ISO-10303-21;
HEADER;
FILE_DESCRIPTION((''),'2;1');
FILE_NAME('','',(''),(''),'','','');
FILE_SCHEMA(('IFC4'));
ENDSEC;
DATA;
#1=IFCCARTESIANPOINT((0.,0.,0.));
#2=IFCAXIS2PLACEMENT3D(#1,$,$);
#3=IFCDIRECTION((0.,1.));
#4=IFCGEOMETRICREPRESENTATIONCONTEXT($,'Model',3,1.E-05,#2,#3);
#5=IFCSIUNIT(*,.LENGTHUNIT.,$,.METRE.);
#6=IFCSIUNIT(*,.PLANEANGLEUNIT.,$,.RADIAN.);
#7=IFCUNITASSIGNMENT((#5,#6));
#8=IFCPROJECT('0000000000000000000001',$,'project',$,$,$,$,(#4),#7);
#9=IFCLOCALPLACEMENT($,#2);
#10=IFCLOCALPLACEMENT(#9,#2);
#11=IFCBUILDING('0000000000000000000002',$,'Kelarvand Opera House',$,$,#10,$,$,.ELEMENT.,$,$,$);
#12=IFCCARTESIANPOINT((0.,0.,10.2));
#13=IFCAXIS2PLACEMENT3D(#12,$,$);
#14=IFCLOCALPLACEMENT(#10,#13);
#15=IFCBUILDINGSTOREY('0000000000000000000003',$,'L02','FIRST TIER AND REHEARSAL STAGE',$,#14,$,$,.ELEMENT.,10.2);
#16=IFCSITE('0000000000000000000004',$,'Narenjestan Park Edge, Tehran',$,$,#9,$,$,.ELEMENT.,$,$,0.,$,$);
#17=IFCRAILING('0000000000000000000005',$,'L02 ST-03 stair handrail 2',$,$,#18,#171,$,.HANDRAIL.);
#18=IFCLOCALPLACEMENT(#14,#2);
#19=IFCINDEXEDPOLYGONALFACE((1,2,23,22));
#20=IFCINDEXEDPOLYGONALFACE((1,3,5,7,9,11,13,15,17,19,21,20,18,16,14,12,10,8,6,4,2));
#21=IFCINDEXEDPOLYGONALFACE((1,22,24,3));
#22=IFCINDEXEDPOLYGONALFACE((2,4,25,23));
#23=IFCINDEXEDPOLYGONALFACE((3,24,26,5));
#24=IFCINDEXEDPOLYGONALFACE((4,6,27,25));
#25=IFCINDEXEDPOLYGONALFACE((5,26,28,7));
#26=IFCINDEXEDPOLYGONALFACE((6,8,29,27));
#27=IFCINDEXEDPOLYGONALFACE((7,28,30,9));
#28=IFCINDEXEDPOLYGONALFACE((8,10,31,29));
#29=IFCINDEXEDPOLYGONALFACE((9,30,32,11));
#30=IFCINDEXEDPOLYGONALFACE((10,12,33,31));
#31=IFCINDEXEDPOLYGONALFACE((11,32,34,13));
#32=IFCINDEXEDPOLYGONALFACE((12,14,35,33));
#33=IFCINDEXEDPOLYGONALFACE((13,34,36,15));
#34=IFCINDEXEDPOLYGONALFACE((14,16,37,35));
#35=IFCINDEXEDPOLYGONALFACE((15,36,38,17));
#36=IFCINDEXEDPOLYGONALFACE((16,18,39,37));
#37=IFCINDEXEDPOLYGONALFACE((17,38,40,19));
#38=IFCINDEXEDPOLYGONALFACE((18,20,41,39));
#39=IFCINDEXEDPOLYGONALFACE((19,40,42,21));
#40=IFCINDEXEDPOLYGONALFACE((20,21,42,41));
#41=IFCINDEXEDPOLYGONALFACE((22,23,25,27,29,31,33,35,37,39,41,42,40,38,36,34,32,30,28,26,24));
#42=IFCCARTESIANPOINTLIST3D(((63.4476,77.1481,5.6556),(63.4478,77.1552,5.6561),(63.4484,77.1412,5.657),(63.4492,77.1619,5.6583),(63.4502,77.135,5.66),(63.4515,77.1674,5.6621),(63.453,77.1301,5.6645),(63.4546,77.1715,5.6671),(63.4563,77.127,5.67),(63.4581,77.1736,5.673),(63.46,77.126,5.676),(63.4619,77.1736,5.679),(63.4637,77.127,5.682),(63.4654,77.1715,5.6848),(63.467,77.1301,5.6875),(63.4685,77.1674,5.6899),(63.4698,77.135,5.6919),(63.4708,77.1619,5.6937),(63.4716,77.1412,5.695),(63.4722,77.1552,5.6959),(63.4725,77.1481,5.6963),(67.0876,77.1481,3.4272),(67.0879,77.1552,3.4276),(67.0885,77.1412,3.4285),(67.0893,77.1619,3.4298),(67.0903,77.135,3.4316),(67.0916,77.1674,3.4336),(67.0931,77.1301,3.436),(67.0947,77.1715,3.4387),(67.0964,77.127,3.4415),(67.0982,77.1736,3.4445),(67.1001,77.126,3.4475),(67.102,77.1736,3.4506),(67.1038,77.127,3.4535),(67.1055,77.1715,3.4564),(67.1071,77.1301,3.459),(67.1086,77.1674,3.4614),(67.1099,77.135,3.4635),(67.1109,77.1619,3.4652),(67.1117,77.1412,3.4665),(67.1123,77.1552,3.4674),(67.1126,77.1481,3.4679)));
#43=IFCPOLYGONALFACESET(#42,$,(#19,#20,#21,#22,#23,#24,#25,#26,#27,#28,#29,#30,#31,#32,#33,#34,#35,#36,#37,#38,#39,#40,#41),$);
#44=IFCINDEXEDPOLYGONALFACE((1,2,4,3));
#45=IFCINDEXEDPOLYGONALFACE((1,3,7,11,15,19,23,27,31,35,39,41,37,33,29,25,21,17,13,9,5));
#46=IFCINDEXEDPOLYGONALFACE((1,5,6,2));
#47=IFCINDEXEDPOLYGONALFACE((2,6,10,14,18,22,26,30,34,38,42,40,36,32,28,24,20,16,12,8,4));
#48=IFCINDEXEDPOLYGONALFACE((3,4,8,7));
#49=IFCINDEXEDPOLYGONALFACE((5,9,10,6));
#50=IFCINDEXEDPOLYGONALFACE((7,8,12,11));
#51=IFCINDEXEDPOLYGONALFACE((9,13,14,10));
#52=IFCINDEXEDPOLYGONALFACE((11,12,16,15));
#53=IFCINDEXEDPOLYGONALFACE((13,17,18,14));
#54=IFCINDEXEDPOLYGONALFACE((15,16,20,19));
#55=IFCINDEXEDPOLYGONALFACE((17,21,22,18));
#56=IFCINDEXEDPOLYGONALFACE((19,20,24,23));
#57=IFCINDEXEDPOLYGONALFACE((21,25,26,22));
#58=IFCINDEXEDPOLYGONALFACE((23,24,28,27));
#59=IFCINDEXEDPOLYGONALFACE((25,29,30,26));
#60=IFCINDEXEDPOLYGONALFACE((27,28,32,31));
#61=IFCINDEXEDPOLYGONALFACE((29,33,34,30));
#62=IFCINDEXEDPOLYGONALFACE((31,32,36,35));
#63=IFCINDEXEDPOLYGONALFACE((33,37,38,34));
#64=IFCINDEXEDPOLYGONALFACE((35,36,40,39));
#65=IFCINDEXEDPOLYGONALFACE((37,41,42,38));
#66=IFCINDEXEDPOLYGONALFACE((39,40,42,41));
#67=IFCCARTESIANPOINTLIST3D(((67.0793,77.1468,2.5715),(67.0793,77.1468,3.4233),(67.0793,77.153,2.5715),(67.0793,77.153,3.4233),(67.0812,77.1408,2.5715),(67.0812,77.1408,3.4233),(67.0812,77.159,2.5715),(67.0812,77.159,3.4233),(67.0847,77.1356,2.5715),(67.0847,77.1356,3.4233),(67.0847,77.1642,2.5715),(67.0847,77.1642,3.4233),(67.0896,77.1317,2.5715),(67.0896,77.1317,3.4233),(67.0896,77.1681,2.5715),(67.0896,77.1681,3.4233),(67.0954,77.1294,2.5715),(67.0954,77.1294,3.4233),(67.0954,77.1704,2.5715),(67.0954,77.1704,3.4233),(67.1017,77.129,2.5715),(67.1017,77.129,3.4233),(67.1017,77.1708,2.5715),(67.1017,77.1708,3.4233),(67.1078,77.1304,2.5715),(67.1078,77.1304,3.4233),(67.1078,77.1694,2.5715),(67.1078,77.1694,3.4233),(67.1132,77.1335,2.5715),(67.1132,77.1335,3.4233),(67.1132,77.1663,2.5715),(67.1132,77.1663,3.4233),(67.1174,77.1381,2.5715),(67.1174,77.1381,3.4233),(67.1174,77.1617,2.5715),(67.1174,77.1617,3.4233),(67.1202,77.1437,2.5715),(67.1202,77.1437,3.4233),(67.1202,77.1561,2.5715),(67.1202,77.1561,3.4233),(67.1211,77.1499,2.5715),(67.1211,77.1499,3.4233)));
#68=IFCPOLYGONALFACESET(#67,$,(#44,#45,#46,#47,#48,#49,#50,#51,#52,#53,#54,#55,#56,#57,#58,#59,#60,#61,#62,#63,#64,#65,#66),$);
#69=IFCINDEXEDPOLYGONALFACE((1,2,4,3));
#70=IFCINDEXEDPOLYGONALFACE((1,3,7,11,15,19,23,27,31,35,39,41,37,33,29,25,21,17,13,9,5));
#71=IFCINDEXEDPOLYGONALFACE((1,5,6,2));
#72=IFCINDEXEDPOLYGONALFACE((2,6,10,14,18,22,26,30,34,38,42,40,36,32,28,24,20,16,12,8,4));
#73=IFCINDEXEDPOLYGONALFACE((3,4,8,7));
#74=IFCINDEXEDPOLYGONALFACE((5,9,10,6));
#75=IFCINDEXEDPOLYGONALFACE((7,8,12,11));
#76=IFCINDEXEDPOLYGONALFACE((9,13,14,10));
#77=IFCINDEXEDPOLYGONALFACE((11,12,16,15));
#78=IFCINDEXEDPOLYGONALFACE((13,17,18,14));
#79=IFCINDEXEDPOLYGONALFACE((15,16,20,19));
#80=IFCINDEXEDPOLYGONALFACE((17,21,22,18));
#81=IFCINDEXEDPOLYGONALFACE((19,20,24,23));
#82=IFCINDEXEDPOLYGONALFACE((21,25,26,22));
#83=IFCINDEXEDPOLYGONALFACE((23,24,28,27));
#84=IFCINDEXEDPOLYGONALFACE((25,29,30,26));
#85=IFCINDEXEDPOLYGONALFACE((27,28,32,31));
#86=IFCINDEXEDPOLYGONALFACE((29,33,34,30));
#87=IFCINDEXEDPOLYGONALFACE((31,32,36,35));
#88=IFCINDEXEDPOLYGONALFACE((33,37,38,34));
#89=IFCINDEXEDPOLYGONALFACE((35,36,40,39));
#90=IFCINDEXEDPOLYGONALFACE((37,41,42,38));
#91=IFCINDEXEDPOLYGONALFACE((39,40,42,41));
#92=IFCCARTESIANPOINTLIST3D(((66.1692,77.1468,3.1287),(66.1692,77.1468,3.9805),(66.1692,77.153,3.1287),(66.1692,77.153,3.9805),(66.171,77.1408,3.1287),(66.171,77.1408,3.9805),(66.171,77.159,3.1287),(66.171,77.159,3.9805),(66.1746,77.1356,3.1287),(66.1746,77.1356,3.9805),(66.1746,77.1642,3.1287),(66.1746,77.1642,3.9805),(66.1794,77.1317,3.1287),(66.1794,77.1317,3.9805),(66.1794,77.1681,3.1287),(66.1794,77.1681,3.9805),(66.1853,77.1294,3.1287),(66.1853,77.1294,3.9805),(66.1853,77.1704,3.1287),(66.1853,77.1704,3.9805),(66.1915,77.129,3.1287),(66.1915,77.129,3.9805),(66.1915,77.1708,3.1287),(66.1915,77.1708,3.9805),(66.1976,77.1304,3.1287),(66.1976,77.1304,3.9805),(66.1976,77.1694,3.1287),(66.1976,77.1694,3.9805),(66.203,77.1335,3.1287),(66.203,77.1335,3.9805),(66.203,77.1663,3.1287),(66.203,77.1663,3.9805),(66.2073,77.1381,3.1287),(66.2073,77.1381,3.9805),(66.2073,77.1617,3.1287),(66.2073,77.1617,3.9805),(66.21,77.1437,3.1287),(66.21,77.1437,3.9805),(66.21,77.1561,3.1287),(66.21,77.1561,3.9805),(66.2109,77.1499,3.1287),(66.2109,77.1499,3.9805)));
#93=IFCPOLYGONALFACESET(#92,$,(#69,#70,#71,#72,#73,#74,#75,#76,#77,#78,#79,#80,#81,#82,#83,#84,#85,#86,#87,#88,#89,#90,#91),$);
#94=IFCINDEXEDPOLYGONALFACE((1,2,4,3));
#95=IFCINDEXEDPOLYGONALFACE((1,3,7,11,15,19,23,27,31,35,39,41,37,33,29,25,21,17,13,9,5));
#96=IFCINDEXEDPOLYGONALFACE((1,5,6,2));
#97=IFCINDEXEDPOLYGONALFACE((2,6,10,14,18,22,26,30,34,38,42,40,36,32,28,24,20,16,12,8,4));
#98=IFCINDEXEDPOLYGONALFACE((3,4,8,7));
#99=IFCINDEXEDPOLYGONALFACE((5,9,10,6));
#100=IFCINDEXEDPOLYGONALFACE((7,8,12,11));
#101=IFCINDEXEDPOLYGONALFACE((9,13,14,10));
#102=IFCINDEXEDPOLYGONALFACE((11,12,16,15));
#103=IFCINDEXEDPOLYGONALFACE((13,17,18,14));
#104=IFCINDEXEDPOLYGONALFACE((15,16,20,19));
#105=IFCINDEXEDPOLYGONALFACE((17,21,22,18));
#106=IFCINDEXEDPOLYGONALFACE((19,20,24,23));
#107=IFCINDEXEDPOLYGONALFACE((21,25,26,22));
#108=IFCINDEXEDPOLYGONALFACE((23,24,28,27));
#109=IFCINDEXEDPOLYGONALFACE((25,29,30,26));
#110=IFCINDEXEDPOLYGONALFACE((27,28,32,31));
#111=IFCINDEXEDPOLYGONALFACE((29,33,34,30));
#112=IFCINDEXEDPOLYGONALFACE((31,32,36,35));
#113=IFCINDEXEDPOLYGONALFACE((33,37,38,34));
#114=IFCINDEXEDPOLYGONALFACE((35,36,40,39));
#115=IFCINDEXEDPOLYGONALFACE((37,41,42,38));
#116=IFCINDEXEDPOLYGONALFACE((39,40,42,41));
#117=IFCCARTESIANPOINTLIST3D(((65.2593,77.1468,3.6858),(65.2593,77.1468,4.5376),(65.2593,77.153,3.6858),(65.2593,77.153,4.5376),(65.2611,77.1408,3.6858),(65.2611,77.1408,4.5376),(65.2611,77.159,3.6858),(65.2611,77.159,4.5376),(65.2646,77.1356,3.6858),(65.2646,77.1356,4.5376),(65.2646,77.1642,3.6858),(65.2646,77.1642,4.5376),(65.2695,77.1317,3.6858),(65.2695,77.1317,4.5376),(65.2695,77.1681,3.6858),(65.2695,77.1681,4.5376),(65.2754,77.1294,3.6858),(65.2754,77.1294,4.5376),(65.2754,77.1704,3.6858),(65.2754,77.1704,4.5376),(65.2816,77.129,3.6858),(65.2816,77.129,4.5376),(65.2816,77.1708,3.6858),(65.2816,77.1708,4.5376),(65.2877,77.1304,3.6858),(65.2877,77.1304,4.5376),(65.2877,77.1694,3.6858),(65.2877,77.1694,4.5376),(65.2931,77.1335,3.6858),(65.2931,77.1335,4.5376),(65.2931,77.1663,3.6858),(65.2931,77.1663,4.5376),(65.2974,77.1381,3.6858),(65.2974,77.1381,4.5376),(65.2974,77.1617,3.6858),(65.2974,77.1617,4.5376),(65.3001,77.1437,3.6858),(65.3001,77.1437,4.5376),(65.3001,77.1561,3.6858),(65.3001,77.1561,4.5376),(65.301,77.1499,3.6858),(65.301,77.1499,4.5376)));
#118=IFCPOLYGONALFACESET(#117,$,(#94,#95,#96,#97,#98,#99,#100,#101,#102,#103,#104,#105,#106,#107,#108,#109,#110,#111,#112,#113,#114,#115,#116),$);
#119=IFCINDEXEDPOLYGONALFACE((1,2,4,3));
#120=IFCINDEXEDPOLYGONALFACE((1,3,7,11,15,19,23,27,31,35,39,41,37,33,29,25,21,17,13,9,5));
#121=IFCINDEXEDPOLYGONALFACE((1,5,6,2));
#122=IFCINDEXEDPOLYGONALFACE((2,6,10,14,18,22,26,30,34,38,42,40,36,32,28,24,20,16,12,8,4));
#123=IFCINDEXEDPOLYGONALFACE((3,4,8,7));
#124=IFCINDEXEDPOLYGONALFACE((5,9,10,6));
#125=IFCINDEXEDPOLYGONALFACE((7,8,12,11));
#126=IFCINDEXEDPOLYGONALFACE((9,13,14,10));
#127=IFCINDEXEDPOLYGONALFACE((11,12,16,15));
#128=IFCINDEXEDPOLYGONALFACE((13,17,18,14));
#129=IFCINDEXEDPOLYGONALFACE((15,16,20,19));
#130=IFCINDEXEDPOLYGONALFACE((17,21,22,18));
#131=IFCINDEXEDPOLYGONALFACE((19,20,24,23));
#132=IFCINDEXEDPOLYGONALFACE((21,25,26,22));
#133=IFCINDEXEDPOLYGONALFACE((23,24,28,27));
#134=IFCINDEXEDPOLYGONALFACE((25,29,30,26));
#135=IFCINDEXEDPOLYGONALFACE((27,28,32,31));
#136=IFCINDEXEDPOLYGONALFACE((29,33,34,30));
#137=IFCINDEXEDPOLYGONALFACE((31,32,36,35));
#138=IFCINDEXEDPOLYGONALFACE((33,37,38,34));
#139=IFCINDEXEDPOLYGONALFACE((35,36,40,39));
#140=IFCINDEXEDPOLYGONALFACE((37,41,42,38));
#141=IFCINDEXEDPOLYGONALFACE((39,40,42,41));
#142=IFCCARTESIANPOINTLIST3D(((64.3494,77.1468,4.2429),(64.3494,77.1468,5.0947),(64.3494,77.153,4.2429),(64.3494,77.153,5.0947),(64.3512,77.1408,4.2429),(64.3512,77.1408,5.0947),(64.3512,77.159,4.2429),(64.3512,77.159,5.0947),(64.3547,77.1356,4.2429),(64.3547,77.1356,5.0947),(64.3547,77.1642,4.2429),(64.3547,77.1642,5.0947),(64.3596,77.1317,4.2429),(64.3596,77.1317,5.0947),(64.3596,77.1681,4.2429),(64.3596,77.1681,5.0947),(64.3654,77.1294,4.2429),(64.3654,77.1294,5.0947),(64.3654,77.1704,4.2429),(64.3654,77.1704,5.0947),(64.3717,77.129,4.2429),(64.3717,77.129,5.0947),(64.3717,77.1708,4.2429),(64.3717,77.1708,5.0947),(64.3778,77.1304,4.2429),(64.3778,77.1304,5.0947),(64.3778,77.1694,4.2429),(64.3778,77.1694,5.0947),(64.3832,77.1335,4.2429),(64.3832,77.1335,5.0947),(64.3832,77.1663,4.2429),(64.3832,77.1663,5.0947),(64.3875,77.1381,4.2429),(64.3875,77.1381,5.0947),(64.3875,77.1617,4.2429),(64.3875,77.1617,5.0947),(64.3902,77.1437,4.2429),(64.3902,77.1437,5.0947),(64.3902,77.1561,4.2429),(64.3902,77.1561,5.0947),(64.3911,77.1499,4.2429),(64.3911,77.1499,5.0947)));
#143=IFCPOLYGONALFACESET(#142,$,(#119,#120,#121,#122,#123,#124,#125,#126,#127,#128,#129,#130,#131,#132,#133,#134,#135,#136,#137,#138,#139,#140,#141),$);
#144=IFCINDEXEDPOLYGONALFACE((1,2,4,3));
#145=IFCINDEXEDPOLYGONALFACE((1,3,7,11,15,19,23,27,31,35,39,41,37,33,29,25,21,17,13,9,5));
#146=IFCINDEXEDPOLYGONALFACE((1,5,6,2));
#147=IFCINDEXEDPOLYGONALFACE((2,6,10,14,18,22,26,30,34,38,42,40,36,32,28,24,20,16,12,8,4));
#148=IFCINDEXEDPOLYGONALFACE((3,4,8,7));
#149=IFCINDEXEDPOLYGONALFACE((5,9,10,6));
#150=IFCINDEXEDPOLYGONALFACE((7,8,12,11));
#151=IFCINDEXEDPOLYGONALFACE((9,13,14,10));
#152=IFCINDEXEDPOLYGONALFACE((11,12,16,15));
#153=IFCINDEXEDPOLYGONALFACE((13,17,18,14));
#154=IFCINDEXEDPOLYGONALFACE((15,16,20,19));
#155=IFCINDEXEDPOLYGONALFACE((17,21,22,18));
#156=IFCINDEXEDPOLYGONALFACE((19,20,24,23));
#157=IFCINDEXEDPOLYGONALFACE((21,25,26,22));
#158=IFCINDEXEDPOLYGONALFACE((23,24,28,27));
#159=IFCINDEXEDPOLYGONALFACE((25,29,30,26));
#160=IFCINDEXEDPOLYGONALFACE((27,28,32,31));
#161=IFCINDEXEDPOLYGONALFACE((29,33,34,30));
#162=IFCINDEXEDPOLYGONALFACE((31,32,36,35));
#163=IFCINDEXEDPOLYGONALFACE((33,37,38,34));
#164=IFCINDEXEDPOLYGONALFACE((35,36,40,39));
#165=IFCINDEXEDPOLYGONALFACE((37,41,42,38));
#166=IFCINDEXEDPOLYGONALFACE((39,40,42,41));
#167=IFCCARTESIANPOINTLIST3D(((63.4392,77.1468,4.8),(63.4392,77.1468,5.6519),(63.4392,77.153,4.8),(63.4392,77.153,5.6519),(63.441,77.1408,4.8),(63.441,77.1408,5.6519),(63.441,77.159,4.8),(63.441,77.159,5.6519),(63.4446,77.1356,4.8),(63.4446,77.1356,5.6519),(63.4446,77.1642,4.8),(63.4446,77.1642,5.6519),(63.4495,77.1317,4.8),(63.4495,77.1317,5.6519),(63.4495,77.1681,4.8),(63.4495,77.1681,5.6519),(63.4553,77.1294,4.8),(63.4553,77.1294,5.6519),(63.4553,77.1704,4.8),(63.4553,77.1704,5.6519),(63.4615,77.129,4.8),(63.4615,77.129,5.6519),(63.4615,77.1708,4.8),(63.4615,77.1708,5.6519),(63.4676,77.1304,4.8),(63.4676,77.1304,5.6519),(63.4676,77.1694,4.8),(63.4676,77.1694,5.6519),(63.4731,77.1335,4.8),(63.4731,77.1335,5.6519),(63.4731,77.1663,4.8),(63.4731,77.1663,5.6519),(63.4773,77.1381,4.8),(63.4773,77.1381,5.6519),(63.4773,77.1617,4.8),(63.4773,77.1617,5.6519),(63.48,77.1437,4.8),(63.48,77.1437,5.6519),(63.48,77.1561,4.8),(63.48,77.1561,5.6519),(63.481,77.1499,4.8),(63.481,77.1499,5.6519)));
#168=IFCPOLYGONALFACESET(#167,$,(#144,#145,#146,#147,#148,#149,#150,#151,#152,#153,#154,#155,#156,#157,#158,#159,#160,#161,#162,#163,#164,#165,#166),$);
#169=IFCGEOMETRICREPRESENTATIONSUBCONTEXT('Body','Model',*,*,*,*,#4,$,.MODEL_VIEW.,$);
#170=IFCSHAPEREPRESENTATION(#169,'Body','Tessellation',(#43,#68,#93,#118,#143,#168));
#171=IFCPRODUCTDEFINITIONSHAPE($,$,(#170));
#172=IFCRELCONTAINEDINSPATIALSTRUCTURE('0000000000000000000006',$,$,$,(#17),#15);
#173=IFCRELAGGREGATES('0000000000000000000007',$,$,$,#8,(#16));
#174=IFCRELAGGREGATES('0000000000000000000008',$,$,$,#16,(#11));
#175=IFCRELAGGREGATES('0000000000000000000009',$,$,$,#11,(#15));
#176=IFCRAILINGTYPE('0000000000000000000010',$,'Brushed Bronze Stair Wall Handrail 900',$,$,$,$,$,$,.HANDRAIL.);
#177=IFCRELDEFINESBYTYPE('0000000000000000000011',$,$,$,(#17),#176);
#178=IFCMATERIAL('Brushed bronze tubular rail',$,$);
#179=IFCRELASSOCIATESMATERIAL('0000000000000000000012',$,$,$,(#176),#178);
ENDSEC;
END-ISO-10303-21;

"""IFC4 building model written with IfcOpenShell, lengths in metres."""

from ifc_helpers import new_model, si_unit, direction, frame, origin, origin_2d, place, context, subcontext, project, spatial, circle, extrude, material, type_object, element, save


model = new_model("IFC4")

# Units and contexts
model_context = context("Model", 3, precision=1e-05, world=origin(), true_north=direction((0.0, 1.0)))
body_context = subcontext(model_context, "Body", "Model", "MODEL_VIEW")
ifc_project = project(units=[si_unit("LENGTHUNIT", "METRE"), si_unit("PLANEANGLEUNIT", "RADIAN")], contexts=[model_context])

# Site, building, storey
site_placement = place(None, origin())
site = spatial("IfcSite", under=ifc_project, at=site_placement, Name="Narenjestan Park Edge, Tehran", CompositionType="ELEMENT", RefElevation=0.0)
building_placement = place(site_placement, origin())
building = spatial("IfcBuilding", under=site, at=building_placement, Name="Kelarvand Opera House", CompositionType="ELEMENT")
storey_placement = place(building_placement, frame((0.0, 0.0, 10.2)))
storey = spatial("IfcBuildingStorey", under=building, at=storey_placement, Name="L02", Description="FIRST TIER AND REHEARSAL STAGE", CompositionType="ELEMENT", Elevation=10.2)

# Railing
ifc_material_1 = material(Name="Brushed bronze tubular rail")
railing_type_1 = type_object("IfcRailingType", Name="Brushed Bronze Stair Wall Handrail 900", PredefinedType="HANDRAIL", material=ifc_material_1)
railing_1_placement = place(storey_placement, frame((67.1001, 77.1499, 2.5715)))
element("IfcRailing", 1, at=railing_1_placement, inside=storey, type_object=railing_type_1, Name="L02 ST-03 stair handrail 2", PredefinedType="HANDRAIL", context=body_context, shape_type="SweptSolid", body=[
    extrude(circle(Radius=0.0239, at=origin_2d()), frame((0.0, 0.0, 0.876), z_axis=(-0.852866, 0.0, 0.52213), x_axis=(0.0, -1.0, 0.0)), (0.0, 0.0, 1.0), 4.2681),
    extrude(circle(Radius=0.021, at=origin_2d()), origin(), (0.0, 0.0, 1.0), 0.8518),
    extrude(circle(Radius=0.021, at=origin_2d()), frame((-0.9102, 0.0, 0.5571)), (0.0, 0.0, 1.0), 0.8518),
    extrude(circle(Radius=0.021, at=origin_2d()), frame((-1.8201, 0.0, 1.1143)), (0.0, 0.0, 1.0), 0.8518),
    extrude(circle(Radius=0.021, at=origin_2d()), frame((-2.73, 0.0, 1.6714)), (0.0, 0.0, 1.0), 0.8518),
    extrude(circle(Radius=0.021, at=origin_2d()), frame((-3.6401, 0.0, 2.2285)), (0.0, 0.0, 1.0), 0.8518),
])

save(model, "model.ifc")
